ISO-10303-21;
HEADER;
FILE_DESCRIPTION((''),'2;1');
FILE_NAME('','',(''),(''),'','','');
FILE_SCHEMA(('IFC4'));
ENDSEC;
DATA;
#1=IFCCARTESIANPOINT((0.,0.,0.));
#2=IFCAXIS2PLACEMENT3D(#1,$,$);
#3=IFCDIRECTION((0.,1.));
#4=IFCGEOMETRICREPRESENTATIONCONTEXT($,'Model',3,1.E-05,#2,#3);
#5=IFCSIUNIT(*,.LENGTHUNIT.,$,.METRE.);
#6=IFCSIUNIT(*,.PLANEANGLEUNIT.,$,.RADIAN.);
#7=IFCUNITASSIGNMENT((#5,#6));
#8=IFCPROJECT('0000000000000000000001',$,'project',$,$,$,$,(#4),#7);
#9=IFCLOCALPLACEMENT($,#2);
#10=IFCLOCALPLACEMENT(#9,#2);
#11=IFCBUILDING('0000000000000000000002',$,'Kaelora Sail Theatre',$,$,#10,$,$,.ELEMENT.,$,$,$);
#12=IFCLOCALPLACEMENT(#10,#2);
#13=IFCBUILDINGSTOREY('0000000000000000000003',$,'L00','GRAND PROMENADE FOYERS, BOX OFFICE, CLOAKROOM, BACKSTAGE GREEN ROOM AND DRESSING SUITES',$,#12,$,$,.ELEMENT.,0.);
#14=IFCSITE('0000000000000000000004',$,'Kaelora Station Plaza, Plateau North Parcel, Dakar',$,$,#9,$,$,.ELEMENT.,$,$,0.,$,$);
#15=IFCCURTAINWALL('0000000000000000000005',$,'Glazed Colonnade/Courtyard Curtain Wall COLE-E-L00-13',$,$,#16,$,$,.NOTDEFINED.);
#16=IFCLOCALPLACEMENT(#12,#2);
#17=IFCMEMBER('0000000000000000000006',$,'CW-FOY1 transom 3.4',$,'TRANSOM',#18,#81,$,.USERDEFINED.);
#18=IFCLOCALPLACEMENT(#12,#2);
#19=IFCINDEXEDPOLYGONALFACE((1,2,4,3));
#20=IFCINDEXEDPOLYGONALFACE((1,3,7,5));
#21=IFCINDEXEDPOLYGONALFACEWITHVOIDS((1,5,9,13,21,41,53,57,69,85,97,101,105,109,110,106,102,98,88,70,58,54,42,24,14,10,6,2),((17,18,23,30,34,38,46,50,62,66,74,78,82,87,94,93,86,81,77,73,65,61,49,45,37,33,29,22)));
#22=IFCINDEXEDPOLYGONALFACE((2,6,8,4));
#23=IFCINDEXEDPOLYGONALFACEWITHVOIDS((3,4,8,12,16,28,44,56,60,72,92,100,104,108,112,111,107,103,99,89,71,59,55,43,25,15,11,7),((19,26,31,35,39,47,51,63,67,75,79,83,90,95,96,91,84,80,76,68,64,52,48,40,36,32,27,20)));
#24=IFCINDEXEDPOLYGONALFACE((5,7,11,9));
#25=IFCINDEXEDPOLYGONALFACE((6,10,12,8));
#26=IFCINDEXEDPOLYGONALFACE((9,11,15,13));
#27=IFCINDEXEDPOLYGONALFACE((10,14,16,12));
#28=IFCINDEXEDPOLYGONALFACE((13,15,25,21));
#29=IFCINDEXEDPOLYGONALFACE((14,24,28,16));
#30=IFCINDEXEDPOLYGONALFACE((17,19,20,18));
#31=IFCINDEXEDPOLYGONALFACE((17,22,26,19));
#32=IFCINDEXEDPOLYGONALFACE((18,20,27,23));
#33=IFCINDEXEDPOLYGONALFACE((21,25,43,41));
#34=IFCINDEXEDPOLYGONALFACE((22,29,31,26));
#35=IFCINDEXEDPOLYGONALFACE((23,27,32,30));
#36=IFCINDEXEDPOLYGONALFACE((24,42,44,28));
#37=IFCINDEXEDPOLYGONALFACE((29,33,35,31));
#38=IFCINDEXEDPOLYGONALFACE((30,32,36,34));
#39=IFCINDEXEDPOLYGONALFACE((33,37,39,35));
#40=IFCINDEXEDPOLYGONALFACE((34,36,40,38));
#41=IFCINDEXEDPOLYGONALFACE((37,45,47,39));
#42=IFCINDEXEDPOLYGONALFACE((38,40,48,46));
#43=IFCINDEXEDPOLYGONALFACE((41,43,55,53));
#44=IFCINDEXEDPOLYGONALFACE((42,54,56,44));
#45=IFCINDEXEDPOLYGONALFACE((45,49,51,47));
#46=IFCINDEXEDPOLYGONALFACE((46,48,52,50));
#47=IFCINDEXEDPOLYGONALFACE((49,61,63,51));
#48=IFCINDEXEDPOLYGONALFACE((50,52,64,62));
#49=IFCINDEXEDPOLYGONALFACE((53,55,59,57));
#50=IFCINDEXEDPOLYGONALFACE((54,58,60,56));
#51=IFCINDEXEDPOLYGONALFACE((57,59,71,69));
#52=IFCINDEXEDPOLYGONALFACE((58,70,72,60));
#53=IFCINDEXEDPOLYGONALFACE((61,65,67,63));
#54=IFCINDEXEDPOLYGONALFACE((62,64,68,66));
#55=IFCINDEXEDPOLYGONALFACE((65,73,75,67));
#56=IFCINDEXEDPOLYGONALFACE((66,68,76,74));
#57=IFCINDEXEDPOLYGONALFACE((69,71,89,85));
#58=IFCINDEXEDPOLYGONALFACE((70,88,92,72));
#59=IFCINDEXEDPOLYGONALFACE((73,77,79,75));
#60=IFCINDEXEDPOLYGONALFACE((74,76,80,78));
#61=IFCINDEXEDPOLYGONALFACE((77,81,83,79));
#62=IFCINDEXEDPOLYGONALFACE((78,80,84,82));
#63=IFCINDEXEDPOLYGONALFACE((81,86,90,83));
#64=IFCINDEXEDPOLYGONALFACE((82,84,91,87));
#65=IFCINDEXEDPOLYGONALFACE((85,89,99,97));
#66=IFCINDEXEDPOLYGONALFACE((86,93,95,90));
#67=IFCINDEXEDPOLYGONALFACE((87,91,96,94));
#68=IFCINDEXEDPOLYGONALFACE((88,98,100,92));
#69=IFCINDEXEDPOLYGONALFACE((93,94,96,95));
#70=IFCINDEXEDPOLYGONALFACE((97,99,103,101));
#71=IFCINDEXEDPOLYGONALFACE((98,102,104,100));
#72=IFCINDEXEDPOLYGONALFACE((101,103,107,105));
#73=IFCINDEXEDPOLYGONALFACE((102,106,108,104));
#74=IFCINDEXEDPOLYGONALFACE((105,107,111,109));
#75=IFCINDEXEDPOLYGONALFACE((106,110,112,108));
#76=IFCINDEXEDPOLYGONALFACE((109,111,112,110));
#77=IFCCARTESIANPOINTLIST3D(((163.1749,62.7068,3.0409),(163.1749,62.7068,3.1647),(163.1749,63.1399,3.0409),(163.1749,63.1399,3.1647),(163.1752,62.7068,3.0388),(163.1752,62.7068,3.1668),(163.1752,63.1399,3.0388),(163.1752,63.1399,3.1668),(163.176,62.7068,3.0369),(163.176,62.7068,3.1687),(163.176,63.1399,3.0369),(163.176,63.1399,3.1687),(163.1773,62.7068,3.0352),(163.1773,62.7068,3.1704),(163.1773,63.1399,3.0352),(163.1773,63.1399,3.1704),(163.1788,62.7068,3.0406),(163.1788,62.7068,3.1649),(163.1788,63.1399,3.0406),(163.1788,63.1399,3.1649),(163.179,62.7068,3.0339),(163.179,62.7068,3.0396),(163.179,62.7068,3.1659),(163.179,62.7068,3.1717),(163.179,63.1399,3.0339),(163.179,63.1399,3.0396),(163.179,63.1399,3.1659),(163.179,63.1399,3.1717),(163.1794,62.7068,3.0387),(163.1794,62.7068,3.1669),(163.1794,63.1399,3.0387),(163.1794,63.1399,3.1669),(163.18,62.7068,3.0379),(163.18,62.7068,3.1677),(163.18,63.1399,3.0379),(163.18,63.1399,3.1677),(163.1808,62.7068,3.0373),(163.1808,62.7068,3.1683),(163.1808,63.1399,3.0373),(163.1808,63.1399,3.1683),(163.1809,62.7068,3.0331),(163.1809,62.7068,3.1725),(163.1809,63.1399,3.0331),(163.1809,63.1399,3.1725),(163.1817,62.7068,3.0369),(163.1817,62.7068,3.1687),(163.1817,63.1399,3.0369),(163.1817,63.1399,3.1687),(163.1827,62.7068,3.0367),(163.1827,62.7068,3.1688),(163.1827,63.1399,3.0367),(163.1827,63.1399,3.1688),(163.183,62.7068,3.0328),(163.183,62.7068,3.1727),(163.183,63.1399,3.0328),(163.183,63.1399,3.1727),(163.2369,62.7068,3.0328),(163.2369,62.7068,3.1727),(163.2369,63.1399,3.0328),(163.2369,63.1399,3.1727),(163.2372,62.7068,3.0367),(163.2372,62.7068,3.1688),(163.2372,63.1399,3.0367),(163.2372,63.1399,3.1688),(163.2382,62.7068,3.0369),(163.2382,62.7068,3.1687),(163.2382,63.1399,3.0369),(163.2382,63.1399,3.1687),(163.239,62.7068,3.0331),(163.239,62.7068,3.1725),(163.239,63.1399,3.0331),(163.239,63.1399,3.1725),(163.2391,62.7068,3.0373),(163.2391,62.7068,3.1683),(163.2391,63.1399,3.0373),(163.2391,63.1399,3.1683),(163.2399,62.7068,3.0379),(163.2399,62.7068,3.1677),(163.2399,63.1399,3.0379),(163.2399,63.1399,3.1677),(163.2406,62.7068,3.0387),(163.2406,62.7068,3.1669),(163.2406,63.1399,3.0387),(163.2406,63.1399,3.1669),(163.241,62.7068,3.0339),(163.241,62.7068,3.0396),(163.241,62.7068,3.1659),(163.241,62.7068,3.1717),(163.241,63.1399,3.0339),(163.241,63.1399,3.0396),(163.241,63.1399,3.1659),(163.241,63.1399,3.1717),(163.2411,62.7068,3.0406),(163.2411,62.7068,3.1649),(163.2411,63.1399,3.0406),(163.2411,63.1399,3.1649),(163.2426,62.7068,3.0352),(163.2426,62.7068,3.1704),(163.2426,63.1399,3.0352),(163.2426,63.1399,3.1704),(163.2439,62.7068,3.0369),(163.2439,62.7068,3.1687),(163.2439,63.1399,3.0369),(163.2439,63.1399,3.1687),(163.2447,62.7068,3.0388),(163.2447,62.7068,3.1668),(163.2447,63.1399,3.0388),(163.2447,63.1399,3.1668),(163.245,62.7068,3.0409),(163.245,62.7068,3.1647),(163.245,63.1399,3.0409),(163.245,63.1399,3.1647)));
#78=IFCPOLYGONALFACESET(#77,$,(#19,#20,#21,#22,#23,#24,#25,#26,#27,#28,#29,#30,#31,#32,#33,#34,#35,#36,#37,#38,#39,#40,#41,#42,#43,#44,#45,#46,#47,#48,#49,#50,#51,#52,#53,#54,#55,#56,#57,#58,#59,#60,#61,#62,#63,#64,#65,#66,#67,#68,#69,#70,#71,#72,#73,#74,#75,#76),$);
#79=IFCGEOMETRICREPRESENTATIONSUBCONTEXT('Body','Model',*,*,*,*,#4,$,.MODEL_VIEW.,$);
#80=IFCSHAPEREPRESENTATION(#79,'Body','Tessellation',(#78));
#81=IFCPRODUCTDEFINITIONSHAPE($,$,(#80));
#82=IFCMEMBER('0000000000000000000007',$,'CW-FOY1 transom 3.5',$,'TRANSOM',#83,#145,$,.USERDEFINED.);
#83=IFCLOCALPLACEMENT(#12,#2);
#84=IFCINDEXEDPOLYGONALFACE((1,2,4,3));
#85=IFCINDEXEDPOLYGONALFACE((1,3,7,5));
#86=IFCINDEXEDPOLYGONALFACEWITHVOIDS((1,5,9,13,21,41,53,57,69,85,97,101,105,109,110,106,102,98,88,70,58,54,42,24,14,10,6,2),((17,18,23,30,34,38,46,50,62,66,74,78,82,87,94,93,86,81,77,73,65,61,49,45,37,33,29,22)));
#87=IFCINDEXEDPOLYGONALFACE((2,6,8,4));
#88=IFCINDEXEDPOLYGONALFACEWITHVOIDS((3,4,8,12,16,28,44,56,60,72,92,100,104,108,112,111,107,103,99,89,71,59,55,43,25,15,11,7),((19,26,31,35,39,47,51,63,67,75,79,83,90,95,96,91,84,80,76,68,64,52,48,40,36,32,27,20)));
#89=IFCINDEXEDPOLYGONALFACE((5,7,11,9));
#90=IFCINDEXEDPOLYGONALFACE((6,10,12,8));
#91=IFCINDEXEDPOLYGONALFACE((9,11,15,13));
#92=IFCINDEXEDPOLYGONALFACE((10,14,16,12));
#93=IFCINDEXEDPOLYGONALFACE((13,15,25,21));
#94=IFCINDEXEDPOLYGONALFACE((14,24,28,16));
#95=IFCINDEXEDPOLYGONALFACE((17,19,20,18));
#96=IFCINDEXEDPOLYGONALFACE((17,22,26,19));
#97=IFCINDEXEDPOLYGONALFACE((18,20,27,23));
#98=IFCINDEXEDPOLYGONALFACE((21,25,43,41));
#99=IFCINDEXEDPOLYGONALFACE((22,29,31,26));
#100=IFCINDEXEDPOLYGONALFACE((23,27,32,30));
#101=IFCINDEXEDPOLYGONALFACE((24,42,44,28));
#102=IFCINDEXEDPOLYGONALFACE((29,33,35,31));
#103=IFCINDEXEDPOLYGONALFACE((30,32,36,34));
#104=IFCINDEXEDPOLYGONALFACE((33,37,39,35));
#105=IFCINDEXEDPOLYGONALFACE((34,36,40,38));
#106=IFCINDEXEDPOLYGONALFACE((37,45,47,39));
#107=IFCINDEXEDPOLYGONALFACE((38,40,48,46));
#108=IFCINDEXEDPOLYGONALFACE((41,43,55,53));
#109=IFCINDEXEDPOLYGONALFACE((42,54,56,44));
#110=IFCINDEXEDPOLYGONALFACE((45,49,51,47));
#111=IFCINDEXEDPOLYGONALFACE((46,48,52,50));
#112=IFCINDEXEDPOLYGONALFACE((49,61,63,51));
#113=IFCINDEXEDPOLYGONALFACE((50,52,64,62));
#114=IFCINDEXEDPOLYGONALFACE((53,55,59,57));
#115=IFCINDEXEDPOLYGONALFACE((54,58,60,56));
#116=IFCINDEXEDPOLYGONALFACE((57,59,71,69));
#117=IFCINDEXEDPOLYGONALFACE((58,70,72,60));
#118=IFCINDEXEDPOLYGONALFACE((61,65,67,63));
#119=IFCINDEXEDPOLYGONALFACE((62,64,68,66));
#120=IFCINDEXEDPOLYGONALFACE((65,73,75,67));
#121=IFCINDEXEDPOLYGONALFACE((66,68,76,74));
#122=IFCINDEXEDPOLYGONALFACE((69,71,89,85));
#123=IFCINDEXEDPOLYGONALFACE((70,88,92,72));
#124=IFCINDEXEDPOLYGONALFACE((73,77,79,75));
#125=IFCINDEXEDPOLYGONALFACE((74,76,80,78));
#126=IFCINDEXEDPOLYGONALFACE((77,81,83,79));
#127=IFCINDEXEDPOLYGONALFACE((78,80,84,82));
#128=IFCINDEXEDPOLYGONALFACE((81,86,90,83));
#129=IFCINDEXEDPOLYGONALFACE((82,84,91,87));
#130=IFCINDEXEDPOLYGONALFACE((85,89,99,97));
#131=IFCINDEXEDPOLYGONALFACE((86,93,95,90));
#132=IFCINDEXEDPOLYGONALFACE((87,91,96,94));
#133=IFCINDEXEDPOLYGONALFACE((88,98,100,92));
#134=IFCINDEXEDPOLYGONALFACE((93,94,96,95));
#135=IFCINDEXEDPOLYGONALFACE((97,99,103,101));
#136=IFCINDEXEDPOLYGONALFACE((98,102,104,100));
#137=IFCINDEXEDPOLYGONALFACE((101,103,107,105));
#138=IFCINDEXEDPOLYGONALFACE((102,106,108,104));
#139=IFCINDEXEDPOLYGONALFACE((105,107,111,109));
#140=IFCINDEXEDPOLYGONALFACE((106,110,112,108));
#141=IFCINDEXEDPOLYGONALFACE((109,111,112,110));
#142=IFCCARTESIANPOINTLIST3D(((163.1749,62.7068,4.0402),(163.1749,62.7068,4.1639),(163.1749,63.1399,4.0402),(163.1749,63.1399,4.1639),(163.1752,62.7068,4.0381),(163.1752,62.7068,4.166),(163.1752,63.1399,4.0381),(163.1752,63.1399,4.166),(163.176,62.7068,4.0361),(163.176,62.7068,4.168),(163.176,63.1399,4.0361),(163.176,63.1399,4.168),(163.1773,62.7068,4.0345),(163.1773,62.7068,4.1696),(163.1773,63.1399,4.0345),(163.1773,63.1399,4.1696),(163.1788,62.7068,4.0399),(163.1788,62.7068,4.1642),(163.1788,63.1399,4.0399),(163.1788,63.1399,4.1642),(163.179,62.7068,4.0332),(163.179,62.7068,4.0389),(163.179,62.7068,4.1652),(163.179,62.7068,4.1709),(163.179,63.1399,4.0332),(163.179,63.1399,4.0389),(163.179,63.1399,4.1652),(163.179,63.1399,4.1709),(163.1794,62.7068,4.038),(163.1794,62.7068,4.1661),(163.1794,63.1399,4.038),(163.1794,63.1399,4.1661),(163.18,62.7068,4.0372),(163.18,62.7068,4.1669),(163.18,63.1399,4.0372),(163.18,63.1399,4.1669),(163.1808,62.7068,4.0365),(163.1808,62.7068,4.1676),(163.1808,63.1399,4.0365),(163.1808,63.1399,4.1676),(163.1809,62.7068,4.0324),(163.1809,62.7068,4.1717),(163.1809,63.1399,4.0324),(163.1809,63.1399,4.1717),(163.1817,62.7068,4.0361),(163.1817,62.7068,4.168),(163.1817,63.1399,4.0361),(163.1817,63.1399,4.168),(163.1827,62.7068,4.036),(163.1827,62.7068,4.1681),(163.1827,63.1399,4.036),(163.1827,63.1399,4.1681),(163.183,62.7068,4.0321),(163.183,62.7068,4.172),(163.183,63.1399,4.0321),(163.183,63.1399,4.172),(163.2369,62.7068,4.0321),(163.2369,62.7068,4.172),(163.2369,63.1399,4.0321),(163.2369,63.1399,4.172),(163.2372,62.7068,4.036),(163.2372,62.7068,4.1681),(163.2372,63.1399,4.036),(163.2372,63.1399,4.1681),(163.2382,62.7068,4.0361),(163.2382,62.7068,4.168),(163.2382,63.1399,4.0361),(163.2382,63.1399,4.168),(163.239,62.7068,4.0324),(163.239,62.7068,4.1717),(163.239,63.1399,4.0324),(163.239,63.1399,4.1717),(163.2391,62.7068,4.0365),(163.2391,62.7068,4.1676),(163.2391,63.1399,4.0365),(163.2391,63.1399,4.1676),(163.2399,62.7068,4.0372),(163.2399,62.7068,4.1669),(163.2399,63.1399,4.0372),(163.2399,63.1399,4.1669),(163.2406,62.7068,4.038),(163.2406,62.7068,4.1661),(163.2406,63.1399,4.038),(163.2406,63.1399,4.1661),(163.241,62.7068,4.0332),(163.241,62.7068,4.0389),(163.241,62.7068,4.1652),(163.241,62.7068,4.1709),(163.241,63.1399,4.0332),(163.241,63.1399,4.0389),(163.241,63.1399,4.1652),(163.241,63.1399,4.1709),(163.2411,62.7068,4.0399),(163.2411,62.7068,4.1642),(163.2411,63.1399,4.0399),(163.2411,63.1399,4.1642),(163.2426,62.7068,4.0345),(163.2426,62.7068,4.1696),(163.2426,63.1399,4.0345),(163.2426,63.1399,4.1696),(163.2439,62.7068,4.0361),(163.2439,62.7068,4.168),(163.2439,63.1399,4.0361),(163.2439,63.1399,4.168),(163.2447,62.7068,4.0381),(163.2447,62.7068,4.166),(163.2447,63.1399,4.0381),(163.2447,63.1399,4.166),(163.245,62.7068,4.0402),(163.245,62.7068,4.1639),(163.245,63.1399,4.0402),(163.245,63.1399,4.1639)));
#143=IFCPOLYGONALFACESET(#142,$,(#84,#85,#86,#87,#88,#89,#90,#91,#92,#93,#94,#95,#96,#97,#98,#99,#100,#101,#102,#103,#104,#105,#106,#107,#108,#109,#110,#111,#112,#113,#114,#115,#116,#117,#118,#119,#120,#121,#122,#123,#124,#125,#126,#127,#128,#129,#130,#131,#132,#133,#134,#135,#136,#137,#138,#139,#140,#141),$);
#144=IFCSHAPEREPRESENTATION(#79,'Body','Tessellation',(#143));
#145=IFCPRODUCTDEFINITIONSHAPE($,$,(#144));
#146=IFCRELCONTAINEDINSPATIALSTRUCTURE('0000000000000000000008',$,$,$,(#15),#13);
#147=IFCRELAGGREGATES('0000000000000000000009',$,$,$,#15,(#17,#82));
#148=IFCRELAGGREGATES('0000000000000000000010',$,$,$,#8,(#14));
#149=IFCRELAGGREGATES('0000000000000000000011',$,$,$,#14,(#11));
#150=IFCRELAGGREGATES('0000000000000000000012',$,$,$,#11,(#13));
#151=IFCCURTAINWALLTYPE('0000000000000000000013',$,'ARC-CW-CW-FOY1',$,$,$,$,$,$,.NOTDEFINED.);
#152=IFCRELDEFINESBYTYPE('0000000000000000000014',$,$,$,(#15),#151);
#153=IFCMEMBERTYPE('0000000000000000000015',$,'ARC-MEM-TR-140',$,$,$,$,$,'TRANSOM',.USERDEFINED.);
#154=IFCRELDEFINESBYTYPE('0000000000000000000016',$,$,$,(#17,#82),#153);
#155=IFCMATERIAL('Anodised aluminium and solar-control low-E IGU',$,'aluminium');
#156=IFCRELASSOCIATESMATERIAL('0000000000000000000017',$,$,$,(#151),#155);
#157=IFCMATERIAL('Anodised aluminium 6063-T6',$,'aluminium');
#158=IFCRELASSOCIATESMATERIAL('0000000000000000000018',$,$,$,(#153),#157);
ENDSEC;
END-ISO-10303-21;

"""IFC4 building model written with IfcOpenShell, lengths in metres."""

from ifc_helpers import new_model, si_unit, direction, frame, origin, origin_2d, place, context, subcontext, project, spatial, hollow_rectangle, extrude, material, material_profile, profile_set, type_object, element, aggregate, save


model = new_model("IFC4")

# Units and contexts
model_context = context("Model", 3, precision=1e-05, world=origin(), true_north=direction((0.0, 1.0)))
body_context = subcontext(model_context, "Body", "Model", "MODEL_VIEW")
ifc_project = project(units=[si_unit("LENGTHUNIT", "METRE"), si_unit("PLANEANGLEUNIT", "RADIAN")], contexts=[model_context])

# Site, building, storey
site_placement = place(None, origin())
site = spatial("IfcSite", under=ifc_project, at=site_placement, Name="Kaelora Station Plaza, Plateau North Parcel, Dakar", CompositionType="ELEMENT", RefElevation=0.0)
building_placement = place(site_placement, origin())
building = spatial("IfcBuilding", under=site, at=building_placement, Name="Kaelora Sail Theatre", CompositionType="ELEMENT")
storey_placement = place(building_placement, origin())
storey = spatial("IfcBuildingStorey", under=building, at=storey_placement, Name="L00", Description="GRAND PROMENADE FOYERS, BOX OFFICE, CLOAKROOM, BACKSTAGE GREEN ROOM AND DRESSING SUITES", CompositionType="ELEMENT", Elevation=0.0)

# Curtain wall
ifc_material_1 = material(Name="Anodised aluminium and solar-control low-E IGU", Category="aluminium")
curtain_wall_type = type_object("IfcCurtainWallType", Name="ARC-CW-CW-FOY1", PredefinedType="NOTDEFINED", material=ifc_material_1)
curtain_wall_1_placement = place(storey_placement, origin())
curtain_wall_1 = element("IfcCurtainWall", 1, at=curtain_wall_1_placement, inside=storey, type_object=curtain_wall_type, Name="Glazed Colonnade/Courtyard Curtain Wall COLE-E-L00-13", PredefinedType="NOTDEFINED")

# Members
ifc_material_2 = material(Name="Anodised aluminium 6063-T6", Category="aluminium")
ifc_material_profile_1 = material_profile(ifc_material_2, hollow_rectangle(XDim=0.0701, YDim=0.1399, WallThickness=0.0039, InnerFilletRadius=0.0039, OuterFilletRadius=0.0081, at=origin_2d()), Name="ALU-TRAN 70x140x4")
ifc_profile_set_1 = profile_set([ifc_material_profile_1], Name="Anodised aluminium 6063-T6")
member_type_1 = type_object("IfcMemberType", Name="ARC-MEM-TR-140", ElementType="TRANSOM", PredefinedType="USERDEFINED", material=ifc_profile_set_1)
member_1_placement = place(storey_placement, frame((163.21, 62.7068, 3.1028), z_axis=(0.0, 1.0, 0.0), x_axis=(-1.0, 0.0, 0.0)))
member_1 = element("IfcMember", 2, at=member_1_placement, type_object=member_type_1, Name="CW-FOY1 transom 3.4", ObjectType="TRANSOM", PredefinedType="USERDEFINED", context=body_context, shape_type="SweptSolid", body=[
    extrude(hollow_rectangle(XDim=0.0701, YDim=0.1399, WallThickness=0.0039, InnerFilletRadius=0.0039, OuterFilletRadius=0.0081, at=origin_2d()), origin(), (0.0, 0.0, 1.0), 0.4331),
])
member_2_placement = place(storey_placement, frame((163.21, 62.7068, 4.1021), z_axis=(0.0, 1.0, 0.0), x_axis=(-1.0, 0.0, 0.0)))
member_2 = element("IfcMember", 3, at=member_2_placement, type_object=member_type_1, Name="CW-FOY1 transom 3.5", ObjectType="TRANSOM", PredefinedType="USERDEFINED", context=body_context, shape_type="SweptSolid", body=[
    extrude(hollow_rectangle(XDim=0.0701, YDim=0.1399, WallThickness=0.0039, InnerFilletRadius=0.0039, OuterFilletRadius=0.0081, at=origin_2d()), origin(), (0.0, 0.0, 1.0), 0.4331),
])

aggregate(curtain_wall_1, [member_1, member_2])

save(model, "model.ifc")
